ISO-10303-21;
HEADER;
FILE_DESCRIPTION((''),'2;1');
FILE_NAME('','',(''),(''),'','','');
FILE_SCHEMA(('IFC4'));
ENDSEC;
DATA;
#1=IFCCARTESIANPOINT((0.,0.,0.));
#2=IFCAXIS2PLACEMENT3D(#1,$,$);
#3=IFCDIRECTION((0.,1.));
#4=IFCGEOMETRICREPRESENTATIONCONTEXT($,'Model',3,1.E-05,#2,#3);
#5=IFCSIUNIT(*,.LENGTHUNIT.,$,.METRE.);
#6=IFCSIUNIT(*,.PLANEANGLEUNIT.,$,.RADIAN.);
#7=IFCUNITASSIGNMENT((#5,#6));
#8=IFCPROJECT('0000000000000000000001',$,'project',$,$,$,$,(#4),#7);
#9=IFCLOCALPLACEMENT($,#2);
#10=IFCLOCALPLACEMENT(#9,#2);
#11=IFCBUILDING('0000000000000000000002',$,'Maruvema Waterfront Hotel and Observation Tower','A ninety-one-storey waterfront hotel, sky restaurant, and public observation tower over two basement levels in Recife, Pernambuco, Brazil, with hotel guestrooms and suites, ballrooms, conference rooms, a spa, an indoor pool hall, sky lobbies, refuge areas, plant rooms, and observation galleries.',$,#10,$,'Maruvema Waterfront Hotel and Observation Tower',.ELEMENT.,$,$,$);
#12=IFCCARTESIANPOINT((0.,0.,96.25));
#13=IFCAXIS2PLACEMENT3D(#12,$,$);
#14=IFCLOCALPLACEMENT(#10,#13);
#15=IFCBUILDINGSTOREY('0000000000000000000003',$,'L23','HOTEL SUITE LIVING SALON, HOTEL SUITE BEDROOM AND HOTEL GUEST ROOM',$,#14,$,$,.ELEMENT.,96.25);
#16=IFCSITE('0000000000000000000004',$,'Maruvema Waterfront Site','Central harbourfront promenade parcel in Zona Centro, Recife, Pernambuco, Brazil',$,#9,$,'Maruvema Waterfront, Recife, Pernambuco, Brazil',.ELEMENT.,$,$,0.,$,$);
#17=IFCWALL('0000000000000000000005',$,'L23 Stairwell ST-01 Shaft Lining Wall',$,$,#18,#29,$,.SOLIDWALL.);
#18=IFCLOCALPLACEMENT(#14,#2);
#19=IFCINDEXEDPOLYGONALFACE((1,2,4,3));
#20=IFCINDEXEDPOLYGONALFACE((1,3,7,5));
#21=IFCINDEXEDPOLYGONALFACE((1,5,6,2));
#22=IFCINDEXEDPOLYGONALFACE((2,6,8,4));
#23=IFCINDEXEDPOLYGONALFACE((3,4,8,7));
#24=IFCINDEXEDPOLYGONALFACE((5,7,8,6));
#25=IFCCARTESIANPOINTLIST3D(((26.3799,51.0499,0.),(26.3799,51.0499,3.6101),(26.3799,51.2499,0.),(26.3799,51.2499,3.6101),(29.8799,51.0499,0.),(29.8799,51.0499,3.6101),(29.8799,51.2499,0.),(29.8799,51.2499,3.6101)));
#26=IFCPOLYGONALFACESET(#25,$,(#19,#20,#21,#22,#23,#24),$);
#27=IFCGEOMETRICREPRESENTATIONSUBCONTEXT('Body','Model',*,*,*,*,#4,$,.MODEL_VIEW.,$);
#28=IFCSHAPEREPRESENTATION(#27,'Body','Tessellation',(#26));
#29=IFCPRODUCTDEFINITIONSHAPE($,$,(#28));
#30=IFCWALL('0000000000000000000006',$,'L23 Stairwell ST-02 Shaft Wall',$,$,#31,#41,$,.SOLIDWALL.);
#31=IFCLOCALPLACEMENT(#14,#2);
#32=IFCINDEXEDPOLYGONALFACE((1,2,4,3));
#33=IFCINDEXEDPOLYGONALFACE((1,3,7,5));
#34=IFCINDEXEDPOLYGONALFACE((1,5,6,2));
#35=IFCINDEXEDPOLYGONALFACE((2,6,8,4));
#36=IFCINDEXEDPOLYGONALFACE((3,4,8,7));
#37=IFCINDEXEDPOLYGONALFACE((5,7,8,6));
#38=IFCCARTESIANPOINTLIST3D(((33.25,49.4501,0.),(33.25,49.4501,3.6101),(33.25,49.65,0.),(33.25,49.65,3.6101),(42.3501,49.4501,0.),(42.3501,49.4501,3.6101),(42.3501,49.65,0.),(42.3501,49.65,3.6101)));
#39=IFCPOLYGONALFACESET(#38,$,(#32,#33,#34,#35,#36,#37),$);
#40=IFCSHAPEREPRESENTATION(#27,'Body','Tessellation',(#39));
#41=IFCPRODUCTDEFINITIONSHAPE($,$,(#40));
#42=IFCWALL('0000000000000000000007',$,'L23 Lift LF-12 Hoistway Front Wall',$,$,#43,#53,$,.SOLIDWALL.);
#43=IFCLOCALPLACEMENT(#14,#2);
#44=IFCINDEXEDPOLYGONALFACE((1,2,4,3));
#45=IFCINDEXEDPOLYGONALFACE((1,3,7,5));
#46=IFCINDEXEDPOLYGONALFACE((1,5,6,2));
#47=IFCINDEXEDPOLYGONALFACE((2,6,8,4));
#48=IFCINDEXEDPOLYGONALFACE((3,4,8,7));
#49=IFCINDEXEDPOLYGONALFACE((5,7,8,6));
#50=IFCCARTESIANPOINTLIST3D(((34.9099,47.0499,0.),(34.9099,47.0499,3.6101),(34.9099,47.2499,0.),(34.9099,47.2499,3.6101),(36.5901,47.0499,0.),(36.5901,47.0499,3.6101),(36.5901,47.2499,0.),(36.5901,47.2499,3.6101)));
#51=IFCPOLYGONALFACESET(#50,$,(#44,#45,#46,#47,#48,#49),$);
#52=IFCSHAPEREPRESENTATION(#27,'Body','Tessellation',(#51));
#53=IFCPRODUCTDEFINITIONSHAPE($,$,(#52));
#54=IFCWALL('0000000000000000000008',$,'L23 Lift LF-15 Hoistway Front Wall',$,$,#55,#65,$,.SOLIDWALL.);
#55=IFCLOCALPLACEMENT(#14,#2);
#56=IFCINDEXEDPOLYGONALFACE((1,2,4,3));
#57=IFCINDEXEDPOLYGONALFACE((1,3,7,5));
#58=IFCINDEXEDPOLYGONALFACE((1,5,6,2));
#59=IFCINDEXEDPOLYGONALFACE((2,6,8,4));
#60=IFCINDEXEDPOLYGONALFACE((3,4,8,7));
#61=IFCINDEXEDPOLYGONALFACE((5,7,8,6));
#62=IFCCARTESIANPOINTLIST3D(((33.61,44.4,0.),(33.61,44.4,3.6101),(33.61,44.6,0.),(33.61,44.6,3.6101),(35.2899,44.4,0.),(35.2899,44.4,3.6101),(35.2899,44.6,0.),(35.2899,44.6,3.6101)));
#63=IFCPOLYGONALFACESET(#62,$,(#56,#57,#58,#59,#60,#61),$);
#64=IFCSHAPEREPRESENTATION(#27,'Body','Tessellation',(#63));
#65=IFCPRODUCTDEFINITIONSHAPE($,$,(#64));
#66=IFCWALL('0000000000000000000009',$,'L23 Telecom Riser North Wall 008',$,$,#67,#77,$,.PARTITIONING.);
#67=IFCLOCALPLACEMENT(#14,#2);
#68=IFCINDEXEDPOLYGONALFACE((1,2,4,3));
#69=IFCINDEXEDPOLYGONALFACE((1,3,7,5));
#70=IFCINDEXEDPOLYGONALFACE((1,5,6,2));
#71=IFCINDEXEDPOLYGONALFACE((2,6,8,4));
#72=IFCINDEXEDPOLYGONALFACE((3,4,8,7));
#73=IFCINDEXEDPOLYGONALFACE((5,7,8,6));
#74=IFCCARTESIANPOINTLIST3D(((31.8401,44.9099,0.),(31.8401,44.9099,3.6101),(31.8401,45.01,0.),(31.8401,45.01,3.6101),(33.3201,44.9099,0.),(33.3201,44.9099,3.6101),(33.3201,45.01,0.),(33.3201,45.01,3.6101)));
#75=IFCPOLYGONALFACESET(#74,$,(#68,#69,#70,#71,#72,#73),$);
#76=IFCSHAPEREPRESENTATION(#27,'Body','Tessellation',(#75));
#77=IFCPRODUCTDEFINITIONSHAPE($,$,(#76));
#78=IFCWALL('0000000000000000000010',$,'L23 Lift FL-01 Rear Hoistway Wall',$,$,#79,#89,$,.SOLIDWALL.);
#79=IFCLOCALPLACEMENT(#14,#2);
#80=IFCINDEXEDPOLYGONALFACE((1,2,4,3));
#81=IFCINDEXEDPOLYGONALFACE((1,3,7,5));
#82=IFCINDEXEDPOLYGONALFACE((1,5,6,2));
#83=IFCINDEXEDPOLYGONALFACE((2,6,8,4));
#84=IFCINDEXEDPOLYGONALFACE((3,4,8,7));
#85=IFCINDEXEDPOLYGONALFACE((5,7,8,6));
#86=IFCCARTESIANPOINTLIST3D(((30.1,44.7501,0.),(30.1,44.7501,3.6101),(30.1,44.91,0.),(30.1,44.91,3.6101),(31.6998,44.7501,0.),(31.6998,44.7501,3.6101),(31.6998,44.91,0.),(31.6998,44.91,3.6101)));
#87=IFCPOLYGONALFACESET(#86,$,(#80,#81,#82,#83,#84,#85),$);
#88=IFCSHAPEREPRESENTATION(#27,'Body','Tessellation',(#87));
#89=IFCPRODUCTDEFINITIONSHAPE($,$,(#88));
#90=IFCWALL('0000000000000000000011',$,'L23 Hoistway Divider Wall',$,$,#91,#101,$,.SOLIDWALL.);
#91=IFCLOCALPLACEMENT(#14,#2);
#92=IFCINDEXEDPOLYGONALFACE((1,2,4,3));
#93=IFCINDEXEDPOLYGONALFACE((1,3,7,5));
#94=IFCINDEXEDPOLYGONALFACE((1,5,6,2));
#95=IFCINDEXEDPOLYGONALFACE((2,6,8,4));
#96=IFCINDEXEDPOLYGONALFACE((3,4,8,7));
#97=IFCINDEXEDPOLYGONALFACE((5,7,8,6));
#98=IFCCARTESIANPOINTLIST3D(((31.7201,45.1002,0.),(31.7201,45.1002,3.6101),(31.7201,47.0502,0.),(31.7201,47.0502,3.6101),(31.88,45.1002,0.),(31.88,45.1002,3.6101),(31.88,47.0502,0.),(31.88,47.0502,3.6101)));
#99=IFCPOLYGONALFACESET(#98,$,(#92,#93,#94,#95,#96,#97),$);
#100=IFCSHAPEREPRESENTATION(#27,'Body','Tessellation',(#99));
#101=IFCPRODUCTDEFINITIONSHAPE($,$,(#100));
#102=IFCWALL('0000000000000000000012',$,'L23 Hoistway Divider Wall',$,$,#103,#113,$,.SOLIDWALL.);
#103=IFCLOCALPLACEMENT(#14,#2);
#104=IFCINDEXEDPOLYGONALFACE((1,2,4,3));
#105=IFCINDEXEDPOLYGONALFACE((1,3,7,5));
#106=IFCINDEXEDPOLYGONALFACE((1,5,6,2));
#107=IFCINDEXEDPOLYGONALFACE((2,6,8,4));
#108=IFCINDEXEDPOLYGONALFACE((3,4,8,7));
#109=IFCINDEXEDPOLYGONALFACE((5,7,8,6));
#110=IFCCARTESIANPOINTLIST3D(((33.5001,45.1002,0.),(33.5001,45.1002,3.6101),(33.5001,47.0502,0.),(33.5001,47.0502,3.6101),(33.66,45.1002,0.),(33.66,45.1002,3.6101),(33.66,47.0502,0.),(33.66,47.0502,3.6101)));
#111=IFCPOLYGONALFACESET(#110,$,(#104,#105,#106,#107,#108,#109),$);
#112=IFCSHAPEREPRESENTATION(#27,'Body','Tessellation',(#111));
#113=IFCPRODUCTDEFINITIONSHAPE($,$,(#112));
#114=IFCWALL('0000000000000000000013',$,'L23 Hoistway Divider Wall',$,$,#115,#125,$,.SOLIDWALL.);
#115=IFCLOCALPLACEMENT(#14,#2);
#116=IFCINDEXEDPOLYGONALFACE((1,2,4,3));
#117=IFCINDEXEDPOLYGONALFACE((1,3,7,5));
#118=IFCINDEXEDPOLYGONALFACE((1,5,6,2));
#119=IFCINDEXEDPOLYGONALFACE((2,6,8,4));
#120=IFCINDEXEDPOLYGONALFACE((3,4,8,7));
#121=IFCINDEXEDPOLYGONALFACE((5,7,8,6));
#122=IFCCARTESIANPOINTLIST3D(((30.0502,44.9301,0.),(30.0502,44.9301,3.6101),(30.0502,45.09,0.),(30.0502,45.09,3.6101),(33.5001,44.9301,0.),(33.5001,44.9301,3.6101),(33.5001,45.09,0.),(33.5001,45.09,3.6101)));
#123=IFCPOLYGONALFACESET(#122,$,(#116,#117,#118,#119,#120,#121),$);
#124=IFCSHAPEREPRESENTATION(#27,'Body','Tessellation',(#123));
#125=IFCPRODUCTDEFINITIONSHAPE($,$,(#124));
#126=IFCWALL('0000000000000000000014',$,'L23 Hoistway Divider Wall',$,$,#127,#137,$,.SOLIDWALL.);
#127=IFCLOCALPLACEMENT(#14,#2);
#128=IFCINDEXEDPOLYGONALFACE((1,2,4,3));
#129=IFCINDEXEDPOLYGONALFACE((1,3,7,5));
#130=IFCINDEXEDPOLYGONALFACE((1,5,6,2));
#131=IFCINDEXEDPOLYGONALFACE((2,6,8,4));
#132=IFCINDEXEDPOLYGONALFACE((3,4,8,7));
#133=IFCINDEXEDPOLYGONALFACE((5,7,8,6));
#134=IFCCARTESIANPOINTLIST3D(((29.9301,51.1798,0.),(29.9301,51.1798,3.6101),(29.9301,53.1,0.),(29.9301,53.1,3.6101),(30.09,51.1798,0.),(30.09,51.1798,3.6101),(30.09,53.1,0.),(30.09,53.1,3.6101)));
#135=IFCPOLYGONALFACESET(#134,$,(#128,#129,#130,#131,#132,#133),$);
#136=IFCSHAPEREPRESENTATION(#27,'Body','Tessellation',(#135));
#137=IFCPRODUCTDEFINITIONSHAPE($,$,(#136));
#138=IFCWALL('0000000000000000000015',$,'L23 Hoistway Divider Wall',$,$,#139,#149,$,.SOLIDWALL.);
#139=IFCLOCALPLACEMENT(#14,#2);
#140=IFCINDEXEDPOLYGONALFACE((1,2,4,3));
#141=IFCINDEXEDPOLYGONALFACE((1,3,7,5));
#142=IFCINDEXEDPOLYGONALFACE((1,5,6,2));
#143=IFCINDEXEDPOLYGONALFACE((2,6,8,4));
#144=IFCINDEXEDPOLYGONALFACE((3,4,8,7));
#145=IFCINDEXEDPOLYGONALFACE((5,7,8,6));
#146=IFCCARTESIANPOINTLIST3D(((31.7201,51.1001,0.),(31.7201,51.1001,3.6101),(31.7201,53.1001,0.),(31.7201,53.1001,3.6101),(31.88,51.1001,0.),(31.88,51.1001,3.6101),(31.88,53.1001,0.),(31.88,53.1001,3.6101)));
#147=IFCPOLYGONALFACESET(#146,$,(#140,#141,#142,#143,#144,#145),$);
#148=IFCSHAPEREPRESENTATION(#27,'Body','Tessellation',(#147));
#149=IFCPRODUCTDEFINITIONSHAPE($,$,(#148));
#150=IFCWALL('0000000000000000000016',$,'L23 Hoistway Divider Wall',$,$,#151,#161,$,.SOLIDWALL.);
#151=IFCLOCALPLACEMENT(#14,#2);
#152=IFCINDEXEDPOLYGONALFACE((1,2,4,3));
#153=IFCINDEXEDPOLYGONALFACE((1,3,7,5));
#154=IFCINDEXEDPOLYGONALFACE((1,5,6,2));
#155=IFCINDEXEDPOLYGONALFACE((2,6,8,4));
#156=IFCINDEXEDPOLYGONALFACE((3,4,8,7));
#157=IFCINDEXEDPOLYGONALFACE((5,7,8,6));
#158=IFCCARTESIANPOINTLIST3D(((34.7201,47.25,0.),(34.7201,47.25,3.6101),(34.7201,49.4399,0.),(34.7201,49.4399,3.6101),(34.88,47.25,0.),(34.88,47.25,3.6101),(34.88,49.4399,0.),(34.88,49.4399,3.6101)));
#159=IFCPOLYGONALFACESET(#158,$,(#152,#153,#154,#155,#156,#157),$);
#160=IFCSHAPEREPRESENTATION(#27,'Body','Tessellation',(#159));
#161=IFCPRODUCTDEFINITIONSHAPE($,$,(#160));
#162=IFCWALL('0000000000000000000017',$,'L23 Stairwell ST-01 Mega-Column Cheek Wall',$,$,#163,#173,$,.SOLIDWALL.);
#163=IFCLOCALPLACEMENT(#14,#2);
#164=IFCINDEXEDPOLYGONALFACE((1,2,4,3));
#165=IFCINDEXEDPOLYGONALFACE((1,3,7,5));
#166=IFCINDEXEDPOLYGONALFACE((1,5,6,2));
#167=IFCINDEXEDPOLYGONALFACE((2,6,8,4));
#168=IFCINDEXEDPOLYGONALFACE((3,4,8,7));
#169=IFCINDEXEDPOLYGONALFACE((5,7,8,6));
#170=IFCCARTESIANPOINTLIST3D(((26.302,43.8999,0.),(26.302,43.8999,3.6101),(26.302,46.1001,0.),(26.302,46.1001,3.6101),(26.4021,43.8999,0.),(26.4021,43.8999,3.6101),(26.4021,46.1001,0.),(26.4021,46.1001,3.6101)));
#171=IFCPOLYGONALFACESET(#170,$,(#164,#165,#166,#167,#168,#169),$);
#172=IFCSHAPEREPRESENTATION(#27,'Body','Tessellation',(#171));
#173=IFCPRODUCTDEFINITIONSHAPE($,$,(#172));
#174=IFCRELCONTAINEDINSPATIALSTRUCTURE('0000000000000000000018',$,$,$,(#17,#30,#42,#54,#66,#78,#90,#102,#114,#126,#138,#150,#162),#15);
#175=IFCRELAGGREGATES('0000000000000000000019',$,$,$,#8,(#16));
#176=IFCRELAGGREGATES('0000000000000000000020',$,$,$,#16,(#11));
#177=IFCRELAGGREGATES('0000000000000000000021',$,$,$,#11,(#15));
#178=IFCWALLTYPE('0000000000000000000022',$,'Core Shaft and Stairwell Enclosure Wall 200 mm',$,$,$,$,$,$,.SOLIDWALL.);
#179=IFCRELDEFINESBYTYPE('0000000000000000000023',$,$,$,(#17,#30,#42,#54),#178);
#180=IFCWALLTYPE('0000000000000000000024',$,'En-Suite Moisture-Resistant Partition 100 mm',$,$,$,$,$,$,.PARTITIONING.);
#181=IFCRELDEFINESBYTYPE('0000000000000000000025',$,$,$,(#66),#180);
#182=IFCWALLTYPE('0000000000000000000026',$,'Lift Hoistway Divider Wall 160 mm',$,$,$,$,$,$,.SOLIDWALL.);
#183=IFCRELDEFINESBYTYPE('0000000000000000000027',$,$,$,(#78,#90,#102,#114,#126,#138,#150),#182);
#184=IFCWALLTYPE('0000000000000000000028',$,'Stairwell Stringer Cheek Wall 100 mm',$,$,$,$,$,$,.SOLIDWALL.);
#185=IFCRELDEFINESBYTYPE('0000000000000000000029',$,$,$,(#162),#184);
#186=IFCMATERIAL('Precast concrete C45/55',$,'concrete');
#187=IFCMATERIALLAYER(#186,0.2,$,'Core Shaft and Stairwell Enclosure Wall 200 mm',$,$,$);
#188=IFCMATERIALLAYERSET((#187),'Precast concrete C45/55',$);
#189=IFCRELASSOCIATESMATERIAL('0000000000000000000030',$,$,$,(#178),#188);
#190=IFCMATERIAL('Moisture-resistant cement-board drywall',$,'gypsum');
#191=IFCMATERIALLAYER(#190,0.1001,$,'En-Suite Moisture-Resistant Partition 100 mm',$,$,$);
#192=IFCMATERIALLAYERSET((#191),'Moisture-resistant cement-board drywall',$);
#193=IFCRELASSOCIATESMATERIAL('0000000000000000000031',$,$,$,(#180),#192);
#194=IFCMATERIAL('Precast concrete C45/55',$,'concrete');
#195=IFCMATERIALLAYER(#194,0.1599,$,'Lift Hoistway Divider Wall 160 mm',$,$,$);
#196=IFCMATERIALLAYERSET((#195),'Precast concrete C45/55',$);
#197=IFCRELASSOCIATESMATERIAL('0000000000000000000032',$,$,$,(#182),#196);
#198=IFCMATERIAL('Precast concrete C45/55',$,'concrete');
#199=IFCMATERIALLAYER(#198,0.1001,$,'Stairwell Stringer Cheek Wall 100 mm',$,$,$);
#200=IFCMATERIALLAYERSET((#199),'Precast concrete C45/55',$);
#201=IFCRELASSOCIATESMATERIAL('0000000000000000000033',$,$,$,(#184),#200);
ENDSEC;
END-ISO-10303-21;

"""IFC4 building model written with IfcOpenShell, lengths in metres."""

from ifc_helpers import new_model, si_unit, direction, frame, frame_2d, origin, place, context, subcontext, project, spatial, rectangle, extrude, material, layer, layer_set, type_object, element, save


model = new_model("IFC4")

# Units and contexts
model_context = context("Model", 3, precision=1e-05, world=origin(), true_north=direction((0.0, 1.0)))
body_context = subcontext(model_context, "Body", "Model", "MODEL_VIEW")
ifc_project = project(units=[si_unit("LENGTHUNIT", "METRE"), si_unit("PLANEANGLEUNIT", "RADIAN")], contexts=[model_context])

# Site, building, storey
site_placement = place(None, origin())
site = spatial("IfcSite", under=ifc_project, at=site_placement, Name="Maruvema Waterfront Site", Description="Central harbourfront promenade parcel in Zona Centro, Recife, Pernambuco, Brazil", LongName="Maruvema Waterfront, Recife, Pernambuco, Brazil", CompositionType="ELEMENT", RefElevation=0.0)
building_placement = place(site_placement, origin())
building = spatial("IfcBuilding", under=site, at=building_placement, Name="Maruvema Waterfront Hotel and Observation Tower", Description="A ninety-one-storey waterfront hotel, sky restaurant, and public observation tower over two basement levels in Recife, Pernambuco, Brazil, with hotel guestrooms and suites, ballrooms, conference rooms, a spa, an indoor pool hall, sky lobbies, refuge areas, plant rooms, and observation galleries.", LongName="Maruvema Waterfront Hotel and Observation Tower", CompositionType="ELEMENT")
storey_placement = place(building_placement, frame((0.0, 0.0, 96.25)))
storey = spatial("IfcBuildingStorey", under=building, at=storey_placement, Name="L23", Description="HOTEL SUITE LIVING SALON, HOTEL SUITE BEDROOM AND HOTEL GUEST ROOM", CompositionType="ELEMENT", Elevation=96.25)

# Walls
ifc_material_1 = material(Name="Precast concrete C45/55", Category="concrete")
ifc_layer_1 = layer(ifc_material_1, 0.2, Name="Core Shaft and Stairwell Enclosure Wall 200 mm")
ifc_layer_set_1 = layer_set([ifc_layer_1], Name="Precast concrete C45/55")
wall_type_1 = type_object("IfcWallType", Name="Core Shaft and Stairwell Enclosure Wall 200 mm", PredefinedType="SOLIDWALL", material=ifc_layer_set_1)
wall_1_placement = place(storey_placement, frame((26.3799, 51.1499, 0.0), z_axis=(0.0, 0.0, 1.0), x_axis=(1.0, 0.0, 0.0)))
element("IfcWall", 1, at=wall_1_placement, inside=storey, type_object=wall_type_1, Name="L23 Stairwell ST-01 Shaft Lining Wall", PredefinedType="SOLIDWALL", context=body_context, shape_type="SweptSolid", body=[
    extrude(rectangle(XDim=3.5, YDim=0.2, at=frame_2d((1.75, 0.0))), origin(), (0.0, 0.0, 1.0), 3.6101),
])
wall_2_placement = place(storey_placement, frame((33.25, 49.55, 0.0), z_axis=(0.0, 0.0, 1.0), x_axis=(1.0, 0.0, 0.0)))
element("IfcWall", 2, at=wall_2_placement, inside=storey, type_object=wall_type_1, Name="L23 Stairwell ST-02 Shaft Wall", PredefinedType="SOLIDWALL", context=body_context, shape_type="SweptSolid", body=[
    extrude(rectangle(XDim=9.1001, YDim=0.2, at=frame_2d((4.55, 0.0))), origin(), (0.0, 0.0, 1.0), 3.6101),
])

# Walls
wall_3_placement = place(storey_placement, frame((34.9099, 47.1499, 0.0), z_axis=(0.0, 0.0, 1.0), x_axis=(1.0, 0.0, 0.0)))
element("IfcWall", 3, at=wall_3_placement, inside=storey, type_object=wall_type_1, Name="L23 Lift LF-12 Hoistway Front Wall", PredefinedType="SOLIDWALL", context=body_context, shape_type="SweptSolid", body=[
    extrude(rectangle(XDim=1.6802, YDim=0.2, at=frame_2d((0.8401, 0.0))), origin(), (0.0, 0.0, 1.0), 3.6101),
])
wall_4_placement = place(storey_placement, frame((33.6101, 44.5, 0.0), z_axis=(0.0, 0.0, 1.0), x_axis=(1.0, 0.0, 0.0)))
element("IfcWall", 4, at=wall_4_placement, inside=storey, type_object=wall_type_1, Name="L23 Lift LF-15 Hoistway Front Wall", PredefinedType="SOLIDWALL", context=body_context, shape_type="SweptSolid", body=[
    extrude(rectangle(XDim=1.6799, YDim=0.2, at=frame_2d((0.8398, 0.0))), origin(), (0.0, 0.0, 1.0), 3.6101),
])
ifc_material_2 = material(Name="Moisture-resistant cement-board drywall", Category="gypsum")
ifc_layer_2 = layer(ifc_material_2, 0.1001, Name="En-Suite Moisture-Resistant Partition 100 mm")
ifc_layer_set_2 = layer_set([ifc_layer_2], Name="Moisture-resistant cement-board drywall")
wall_type_2 = type_object("IfcWallType", Name="En-Suite Moisture-Resistant Partition 100 mm", PredefinedType="PARTITIONING", material=ifc_layer_set_2)
wall_5_placement = place(storey_placement, frame((31.8401, 44.96, 0.0), z_axis=(0.0, 0.0, 1.0), x_axis=(1.0, 0.0, 0.0)))
element("IfcWall", 5, at=wall_5_placement, inside=storey, type_object=wall_type_2, Name="L23 Telecom Riser North Wall 008", PredefinedType="PARTITIONING", context=body_context, shape_type="SweptSolid", body=[
    extrude(rectangle(XDim=1.48, YDim=0.1001, at=frame_2d((0.74, 0.0))), origin(), (0.0, 0.0, 1.0), 3.6101),
])
ifc_material_3 = material(Name="Precast concrete C45/55", Category="concrete")
ifc_layer_3 = layer(ifc_material_3, 0.1599, Name="Lift Hoistway Divider Wall 160 mm")
ifc_layer_set_3 = layer_set([ifc_layer_3], Name="Precast concrete C45/55")
wall_type_3 = type_object("IfcWallType", Name="Lift Hoistway Divider Wall 160 mm", PredefinedType="SOLIDWALL", material=ifc_layer_set_3)
wall_6_placement = place(storey_placement, frame((30.1001, 44.8301, 0.0), z_axis=(0.0, 0.0, 1.0), x_axis=(1.0, 0.0, 0.0)))
element("IfcWall", 6, at=wall_6_placement, inside=storey, type_object=wall_type_3, Name="L23 Lift FL-01 Rear Hoistway Wall", PredefinedType="SOLIDWALL", context=body_context, shape_type="SweptSolid", body=[
    extrude(rectangle(XDim=1.5999, YDim=0.1599, at=frame_2d((0.7998, 0.0))), origin(), (0.0, 0.0, 1.0), 3.6101),
])
for number, where, z_axis, x_axis, name in (
    (7, (31.8, 45.1001, 0.0), (0.0, 0.0, 1.0), (0.0, 1.0, 0.0), "L23 Hoistway Divider Wall"),
    (8, (33.5801, 45.1001, 0.0), (0.0, 0.0, 1.0), (0.0, 1.0, 0.0), "L23 Hoistway Divider Wall"),
):
    element("IfcWall", number, at=place(storey_placement, frame(where, z_axis=z_axis, x_axis=x_axis)), inside=storey, type_object=wall_type_3, Name=name, PredefinedType="SOLIDWALL", context=body_context, shape_type="SweptSolid", body=[
        extrude(rectangle(XDim=1.95, YDim=0.1599, at=frame_2d((0.9751, 0.0))), origin(), (0.0, 0.0, 1.0), 3.6101),
    ])
wall_7_placement = place(storey_placement, frame((30.05, 45.01, 0.0), z_axis=(0.0, 0.0, 1.0), x_axis=(1.0, 0.0, 0.0)))
element("IfcWall", 9, at=wall_7_placement, inside=storey, type_object=wall_type_3, Name="L23 Hoistway Divider Wall", PredefinedType="SOLIDWALL", context=body_context, shape_type="SweptSolid", body=[
    extrude(rectangle(XDim=3.45, YDim=0.1599, at=frame_2d((1.7251, 0.0))), origin(), (0.0, 0.0, 1.0), 3.6101),
])
wall_8_placement = place(storey_placement, frame((30.01, 51.1799, 0.0), z_axis=(0.0, 0.0, 1.0), x_axis=(0.0, 1.0, 0.0)))
element("IfcWall", 10, at=wall_8_placement, inside=storey, type_object=wall_type_3, Name="L23 Hoistway Divider Wall", PredefinedType="SOLIDWALL", context=body_context, shape_type="SweptSolid", body=[
    extrude(rectangle(XDim=1.9202, YDim=0.1599, at=frame_2d((0.96, 0.0))), origin(), (0.0, 0.0, 1.0), 3.6101),
])
wall_9_placement = place(storey_placement, frame((31.8, 51.1001, 0.0), z_axis=(0.0, 0.0, 1.0), x_axis=(0.0, 1.0, 0.0)))
element("IfcWall", 11, at=wall_9_placement, inside=storey, type_object=wall_type_3, Name="L23 Hoistway Divider Wall", PredefinedType="SOLIDWALL", context=body_context, shape_type="SweptSolid", body=[
    extrude(rectangle(XDim=2.0, YDim=0.1599, at=frame_2d((1.0, 0.0))), origin(), (0.0, 0.0, 1.0), 3.6101),
])
wall_10_placement = place(storey_placement, frame((34.8, 47.25, 0.0), z_axis=(0.0, 0.0, 1.0), x_axis=(0.0, 1.0, 0.0)))
element("IfcWall", 12, at=wall_10_placement, inside=storey, type_object=wall_type_3, Name="L23 Hoistway Divider Wall", PredefinedType="SOLIDWALL", context=body_context, shape_type="SweptSolid", body=[
    extrude(rectangle(XDim=2.1899, YDim=0.1599, at=frame_2d((1.095, 0.0))), origin(), (0.0, 0.0, 1.0), 3.6101),
])
ifc_material_4 = material(Name="Precast concrete C45/55", Category="concrete")
ifc_layer_4 = layer(ifc_material_4, 0.1001, Name="Stairwell Stringer Cheek Wall 100 mm")
ifc_layer_set_4 = layer_set([ifc_layer_4], Name="Precast concrete C45/55")
wall_type_4 = type_object("IfcWallType", Name="Stairwell Stringer Cheek Wall 100 mm", PredefinedType="SOLIDWALL", material=ifc_layer_set_4)
wall_11_placement = place(storey_placement, frame((26.3521, 43.8999, 0.0), z_axis=(0.0, 0.0, 1.0), x_axis=(0.0, 1.0, 0.0)))
element("IfcWall", 13, at=wall_11_placement, inside=storey, type_object=wall_type_4, Name="L23 Stairwell ST-01 Mega-Column Cheek Wall", PredefinedType="SOLIDWALL", context=body_context, shape_type="SweptSolid", body=[
    extrude(rectangle(XDim=2.2002, YDim=0.1001, at=frame_2d((1.1001, 0.0))), origin(), (0.0, 0.0, 1.0), 3.6101),
])

save(model, "model.ifc")
